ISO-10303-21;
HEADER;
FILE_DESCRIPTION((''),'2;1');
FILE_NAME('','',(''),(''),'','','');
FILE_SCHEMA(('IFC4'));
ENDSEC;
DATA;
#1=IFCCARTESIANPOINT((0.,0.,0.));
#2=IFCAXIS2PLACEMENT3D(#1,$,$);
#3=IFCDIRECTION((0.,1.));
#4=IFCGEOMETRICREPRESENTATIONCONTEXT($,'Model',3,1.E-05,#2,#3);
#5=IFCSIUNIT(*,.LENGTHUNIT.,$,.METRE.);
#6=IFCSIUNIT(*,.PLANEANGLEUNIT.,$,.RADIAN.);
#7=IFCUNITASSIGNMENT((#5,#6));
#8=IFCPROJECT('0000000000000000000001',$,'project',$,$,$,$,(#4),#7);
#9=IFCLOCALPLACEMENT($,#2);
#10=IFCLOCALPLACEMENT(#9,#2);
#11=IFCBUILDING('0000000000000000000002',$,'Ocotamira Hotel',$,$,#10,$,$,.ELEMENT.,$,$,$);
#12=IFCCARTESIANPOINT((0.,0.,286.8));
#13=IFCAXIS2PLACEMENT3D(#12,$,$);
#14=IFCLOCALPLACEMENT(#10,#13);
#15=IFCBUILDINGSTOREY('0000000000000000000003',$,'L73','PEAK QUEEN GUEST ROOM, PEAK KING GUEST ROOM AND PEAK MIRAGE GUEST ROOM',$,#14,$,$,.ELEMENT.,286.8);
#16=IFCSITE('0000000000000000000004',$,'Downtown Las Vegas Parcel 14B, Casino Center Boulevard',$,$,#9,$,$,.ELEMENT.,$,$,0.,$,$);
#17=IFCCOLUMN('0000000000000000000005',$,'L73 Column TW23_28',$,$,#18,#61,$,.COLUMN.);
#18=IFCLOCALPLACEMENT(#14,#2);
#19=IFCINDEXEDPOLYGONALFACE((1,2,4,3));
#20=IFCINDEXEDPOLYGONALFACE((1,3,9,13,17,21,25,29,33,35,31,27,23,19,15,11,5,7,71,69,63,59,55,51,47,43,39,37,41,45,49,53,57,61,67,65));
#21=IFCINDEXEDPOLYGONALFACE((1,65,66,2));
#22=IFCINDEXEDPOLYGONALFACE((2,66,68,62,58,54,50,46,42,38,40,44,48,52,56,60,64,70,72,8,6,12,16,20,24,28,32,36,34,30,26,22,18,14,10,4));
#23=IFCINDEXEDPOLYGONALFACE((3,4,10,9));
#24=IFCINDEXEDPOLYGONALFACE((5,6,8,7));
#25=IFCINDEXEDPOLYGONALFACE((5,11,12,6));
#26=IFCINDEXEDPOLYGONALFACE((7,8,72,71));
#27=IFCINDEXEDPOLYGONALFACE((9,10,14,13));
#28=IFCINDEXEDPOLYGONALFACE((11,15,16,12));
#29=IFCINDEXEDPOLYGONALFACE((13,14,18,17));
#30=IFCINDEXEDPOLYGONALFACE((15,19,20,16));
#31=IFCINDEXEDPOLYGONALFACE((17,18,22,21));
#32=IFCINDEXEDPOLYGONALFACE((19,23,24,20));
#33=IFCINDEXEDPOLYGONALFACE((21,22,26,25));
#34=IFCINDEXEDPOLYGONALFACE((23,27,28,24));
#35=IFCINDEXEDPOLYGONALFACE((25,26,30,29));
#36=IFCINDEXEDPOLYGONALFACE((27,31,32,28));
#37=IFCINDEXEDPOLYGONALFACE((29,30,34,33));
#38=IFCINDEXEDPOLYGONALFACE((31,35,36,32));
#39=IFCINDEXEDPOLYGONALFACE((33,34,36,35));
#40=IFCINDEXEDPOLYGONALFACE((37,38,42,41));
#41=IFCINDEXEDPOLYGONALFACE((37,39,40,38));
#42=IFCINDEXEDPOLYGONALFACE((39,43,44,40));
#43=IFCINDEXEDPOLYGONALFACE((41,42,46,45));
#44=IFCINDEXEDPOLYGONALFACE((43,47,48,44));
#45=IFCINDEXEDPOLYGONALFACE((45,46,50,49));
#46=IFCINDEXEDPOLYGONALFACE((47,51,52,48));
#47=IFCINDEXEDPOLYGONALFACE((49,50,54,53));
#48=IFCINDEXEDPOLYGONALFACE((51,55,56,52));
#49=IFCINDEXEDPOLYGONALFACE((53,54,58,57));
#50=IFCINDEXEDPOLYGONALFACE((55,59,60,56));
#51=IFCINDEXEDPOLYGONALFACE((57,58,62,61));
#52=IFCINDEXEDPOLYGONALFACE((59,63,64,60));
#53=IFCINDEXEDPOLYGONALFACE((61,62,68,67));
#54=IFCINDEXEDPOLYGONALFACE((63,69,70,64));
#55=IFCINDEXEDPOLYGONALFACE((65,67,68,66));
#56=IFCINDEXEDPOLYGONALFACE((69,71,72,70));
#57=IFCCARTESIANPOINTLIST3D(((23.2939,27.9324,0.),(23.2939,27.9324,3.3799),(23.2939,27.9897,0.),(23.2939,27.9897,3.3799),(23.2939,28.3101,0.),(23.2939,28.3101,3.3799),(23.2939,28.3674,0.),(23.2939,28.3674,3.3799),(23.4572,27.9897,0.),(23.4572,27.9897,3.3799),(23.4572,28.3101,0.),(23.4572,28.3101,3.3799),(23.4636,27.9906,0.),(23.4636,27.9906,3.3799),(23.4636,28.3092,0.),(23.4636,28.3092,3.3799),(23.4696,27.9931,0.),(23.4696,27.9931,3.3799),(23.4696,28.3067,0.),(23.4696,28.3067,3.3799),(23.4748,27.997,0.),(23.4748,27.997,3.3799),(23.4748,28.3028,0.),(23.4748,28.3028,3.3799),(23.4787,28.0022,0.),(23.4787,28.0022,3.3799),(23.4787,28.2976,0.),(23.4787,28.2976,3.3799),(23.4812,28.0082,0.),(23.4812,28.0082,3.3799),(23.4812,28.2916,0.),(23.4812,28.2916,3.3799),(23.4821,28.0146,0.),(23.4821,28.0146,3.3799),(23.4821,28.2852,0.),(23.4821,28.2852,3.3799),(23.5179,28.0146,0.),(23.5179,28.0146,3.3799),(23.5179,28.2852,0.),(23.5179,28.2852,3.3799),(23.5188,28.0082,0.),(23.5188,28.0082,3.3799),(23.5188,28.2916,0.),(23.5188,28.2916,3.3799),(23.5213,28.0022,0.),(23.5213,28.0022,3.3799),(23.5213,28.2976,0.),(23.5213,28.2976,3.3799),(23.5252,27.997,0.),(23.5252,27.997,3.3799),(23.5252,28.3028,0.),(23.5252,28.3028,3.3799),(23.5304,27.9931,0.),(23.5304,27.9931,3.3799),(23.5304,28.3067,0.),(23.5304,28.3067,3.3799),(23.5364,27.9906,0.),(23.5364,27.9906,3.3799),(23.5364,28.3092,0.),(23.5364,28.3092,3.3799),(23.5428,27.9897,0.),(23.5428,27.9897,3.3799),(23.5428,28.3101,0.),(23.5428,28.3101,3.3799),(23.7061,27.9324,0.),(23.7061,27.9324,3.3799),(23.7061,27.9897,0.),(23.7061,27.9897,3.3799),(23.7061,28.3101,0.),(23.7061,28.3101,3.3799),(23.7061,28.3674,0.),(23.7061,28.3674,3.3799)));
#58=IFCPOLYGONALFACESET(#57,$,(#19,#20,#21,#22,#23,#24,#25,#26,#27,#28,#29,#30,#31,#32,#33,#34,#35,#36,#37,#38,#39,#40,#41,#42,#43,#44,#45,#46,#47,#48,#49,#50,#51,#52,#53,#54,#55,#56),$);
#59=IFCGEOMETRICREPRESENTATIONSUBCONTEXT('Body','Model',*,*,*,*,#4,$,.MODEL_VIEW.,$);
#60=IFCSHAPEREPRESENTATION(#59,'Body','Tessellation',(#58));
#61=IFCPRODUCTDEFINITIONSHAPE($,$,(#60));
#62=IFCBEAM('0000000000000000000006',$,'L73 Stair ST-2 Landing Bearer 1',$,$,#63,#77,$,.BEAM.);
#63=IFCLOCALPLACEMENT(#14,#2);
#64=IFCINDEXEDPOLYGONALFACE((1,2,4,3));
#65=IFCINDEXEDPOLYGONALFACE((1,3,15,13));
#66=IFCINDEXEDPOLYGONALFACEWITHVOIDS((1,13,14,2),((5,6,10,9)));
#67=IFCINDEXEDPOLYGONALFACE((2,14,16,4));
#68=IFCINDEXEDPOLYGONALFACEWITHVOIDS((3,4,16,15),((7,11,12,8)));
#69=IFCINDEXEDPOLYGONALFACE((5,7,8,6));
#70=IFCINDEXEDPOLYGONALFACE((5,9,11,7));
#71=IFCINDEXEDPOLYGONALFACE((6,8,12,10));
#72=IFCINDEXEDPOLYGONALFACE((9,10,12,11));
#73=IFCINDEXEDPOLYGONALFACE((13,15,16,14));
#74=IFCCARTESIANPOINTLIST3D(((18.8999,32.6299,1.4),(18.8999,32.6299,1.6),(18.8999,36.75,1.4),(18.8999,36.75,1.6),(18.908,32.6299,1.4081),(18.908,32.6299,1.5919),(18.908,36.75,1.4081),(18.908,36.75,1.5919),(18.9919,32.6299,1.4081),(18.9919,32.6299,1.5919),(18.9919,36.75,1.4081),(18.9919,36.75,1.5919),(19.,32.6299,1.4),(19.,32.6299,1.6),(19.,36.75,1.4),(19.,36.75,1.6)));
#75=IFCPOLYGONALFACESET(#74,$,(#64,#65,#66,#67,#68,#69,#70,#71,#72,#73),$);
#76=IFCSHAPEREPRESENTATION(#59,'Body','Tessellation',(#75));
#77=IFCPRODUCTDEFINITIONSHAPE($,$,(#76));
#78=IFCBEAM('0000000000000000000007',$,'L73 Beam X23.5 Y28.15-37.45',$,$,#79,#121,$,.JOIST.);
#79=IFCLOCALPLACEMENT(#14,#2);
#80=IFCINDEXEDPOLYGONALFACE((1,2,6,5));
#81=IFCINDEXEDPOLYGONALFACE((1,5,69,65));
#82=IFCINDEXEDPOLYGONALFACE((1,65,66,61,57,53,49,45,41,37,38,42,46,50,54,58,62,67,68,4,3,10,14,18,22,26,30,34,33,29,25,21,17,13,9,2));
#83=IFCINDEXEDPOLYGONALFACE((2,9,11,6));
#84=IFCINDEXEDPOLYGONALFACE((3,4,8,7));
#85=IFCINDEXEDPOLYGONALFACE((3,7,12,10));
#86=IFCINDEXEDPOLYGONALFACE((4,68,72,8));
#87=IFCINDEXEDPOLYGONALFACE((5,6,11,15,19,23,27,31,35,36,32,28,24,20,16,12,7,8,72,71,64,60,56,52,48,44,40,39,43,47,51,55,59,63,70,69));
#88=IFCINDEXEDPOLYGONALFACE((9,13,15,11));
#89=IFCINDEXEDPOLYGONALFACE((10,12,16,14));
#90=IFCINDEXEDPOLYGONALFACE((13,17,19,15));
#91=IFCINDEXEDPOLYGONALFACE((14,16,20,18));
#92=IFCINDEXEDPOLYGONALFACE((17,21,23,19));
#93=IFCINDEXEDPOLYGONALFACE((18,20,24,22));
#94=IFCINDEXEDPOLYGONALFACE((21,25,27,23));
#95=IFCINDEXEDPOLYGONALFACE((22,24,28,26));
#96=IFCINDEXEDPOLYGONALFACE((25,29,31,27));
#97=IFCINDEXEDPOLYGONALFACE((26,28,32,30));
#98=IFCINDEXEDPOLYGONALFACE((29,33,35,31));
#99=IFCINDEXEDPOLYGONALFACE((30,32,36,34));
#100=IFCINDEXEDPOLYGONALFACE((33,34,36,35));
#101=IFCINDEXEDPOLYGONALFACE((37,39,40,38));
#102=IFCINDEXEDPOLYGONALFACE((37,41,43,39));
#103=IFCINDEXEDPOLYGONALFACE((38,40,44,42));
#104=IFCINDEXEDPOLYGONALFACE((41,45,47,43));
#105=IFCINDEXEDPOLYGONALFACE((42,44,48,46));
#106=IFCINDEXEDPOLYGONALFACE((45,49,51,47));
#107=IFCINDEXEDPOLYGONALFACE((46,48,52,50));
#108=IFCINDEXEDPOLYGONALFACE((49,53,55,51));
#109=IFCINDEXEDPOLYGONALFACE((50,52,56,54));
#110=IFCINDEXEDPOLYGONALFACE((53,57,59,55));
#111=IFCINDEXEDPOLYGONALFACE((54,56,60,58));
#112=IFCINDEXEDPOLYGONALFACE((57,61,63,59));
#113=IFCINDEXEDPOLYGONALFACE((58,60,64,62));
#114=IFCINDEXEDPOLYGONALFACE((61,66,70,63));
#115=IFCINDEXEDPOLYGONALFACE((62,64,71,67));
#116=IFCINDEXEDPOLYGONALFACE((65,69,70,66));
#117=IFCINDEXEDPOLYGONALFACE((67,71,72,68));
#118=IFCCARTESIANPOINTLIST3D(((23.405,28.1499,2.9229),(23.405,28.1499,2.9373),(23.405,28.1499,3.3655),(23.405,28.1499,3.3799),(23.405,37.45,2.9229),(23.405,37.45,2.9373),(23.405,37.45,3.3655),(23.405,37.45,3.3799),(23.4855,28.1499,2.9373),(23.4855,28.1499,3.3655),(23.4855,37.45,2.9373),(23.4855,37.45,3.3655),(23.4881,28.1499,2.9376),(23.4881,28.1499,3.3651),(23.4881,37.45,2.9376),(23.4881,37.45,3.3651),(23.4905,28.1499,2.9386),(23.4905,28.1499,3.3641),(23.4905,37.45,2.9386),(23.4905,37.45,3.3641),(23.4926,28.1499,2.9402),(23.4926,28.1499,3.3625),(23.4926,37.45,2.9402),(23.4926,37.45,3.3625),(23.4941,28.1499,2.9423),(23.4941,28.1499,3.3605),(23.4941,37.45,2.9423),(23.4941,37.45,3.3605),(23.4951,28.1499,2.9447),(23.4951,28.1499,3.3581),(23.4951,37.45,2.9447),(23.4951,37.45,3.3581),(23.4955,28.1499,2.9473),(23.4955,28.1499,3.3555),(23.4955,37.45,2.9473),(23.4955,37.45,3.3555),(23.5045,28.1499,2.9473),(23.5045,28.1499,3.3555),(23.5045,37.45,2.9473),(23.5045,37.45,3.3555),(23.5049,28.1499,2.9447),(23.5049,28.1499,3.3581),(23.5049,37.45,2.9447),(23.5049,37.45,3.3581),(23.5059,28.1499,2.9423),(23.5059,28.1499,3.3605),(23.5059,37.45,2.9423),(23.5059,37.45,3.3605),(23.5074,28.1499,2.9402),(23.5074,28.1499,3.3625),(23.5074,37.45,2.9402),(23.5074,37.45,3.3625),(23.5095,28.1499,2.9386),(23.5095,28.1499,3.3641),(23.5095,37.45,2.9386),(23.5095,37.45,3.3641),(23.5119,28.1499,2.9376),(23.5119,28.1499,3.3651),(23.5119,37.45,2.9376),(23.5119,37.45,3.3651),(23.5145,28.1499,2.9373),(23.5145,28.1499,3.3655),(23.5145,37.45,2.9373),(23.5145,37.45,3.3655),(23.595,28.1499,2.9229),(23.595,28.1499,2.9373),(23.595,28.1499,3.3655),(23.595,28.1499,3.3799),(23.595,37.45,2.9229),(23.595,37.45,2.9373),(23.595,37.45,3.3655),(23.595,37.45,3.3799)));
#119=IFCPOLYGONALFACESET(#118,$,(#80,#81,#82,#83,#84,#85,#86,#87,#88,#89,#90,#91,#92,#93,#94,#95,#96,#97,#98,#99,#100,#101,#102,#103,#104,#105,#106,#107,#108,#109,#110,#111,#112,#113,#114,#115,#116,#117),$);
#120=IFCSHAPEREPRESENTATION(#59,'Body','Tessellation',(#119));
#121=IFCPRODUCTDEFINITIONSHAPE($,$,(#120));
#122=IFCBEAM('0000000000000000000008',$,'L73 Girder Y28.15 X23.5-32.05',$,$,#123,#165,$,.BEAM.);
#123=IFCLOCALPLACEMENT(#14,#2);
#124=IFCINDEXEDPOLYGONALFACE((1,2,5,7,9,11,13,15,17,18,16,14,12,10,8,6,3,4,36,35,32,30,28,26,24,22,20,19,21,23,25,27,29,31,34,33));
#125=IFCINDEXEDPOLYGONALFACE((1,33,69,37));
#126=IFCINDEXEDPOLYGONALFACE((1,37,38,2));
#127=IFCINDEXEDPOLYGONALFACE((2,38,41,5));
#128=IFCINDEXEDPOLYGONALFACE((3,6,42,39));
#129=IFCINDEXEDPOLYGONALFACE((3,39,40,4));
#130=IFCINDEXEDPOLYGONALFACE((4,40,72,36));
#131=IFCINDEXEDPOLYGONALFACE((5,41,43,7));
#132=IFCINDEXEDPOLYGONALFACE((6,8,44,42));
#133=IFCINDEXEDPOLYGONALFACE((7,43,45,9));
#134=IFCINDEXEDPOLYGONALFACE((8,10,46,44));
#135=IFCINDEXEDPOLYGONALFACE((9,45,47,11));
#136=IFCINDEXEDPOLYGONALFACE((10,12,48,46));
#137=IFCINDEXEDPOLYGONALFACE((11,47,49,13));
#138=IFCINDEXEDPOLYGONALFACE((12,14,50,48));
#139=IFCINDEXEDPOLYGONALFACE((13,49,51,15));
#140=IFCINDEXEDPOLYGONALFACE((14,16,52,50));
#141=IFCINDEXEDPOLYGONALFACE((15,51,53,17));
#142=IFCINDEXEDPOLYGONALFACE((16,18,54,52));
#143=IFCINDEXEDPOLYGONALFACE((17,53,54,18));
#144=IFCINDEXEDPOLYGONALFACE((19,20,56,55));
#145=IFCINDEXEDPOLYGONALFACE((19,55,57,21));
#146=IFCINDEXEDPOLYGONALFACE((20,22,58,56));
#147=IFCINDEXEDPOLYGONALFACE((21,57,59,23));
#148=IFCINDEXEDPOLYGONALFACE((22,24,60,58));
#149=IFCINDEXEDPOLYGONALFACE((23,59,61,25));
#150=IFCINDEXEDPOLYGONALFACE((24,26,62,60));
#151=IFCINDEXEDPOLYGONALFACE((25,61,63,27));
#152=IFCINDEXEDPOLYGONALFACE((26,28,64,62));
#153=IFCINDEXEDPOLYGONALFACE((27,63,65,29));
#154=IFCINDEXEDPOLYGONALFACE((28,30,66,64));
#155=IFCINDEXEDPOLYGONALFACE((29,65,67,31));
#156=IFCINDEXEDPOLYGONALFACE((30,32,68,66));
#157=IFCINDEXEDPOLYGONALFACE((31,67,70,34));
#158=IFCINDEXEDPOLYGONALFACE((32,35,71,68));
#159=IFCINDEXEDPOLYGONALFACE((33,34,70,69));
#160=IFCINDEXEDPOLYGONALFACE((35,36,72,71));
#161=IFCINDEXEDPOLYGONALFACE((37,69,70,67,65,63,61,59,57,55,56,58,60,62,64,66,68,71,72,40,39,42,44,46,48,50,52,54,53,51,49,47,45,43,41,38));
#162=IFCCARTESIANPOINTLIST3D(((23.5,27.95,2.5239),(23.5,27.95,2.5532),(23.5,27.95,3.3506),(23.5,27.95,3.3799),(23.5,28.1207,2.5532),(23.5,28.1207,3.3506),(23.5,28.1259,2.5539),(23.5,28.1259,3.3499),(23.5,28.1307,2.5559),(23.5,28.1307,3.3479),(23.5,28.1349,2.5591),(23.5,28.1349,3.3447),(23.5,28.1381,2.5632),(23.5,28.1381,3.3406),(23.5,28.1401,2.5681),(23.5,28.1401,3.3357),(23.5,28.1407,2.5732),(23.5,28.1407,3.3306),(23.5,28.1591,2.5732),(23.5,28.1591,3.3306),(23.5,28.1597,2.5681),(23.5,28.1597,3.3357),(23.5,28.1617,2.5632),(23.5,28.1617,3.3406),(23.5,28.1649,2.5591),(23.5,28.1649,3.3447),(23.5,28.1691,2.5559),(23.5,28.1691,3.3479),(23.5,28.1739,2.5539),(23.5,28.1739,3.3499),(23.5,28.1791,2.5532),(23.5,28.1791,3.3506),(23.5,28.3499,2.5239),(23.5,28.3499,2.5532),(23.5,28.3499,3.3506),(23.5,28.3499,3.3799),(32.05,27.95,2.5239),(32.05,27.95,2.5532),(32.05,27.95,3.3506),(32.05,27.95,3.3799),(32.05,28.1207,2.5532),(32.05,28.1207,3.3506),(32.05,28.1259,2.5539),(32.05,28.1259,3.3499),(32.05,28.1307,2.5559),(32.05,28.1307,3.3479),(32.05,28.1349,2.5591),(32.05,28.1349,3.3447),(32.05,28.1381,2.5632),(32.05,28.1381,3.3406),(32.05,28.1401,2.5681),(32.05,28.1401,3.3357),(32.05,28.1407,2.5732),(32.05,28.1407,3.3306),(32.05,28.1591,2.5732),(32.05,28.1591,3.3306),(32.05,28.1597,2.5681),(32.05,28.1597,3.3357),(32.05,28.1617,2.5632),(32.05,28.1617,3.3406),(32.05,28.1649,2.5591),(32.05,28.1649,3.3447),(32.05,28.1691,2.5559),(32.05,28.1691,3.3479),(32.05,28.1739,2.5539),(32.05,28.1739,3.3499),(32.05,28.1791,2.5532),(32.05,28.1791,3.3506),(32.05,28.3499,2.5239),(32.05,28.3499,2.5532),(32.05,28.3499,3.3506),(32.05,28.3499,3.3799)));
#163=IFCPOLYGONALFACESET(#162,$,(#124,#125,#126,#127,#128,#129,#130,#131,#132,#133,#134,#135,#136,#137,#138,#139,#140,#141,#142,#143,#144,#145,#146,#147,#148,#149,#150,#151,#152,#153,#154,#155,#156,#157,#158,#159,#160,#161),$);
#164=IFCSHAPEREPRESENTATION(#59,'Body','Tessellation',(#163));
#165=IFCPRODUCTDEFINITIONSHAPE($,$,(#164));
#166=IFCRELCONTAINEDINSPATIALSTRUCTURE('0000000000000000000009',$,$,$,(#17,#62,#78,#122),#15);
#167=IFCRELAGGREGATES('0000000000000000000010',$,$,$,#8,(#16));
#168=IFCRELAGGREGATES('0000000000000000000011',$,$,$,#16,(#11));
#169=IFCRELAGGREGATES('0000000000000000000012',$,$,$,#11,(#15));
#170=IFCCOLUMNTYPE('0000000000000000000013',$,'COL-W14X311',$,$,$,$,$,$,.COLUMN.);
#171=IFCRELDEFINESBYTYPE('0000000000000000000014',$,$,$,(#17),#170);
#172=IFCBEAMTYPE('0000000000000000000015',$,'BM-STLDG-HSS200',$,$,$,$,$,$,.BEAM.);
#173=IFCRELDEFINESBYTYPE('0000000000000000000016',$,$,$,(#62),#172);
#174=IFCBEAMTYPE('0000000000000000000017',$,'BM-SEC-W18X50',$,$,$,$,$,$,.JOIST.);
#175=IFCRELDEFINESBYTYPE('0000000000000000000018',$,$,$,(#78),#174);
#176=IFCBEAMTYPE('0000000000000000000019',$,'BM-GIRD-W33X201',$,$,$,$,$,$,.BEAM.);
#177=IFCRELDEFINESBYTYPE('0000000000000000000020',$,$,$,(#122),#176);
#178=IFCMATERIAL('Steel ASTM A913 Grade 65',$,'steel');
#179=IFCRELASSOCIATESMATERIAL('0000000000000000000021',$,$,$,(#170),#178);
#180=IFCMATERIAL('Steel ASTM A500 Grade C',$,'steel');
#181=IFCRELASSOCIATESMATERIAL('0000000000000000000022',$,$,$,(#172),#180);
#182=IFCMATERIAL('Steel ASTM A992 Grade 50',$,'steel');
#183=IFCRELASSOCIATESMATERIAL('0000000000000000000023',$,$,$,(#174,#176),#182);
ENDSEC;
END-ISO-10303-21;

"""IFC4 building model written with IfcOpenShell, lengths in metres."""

from ifc_helpers import new_model, si_unit, direction, frame, origin, origin_2d, place, context, subcontext, project, spatial, hollow_rectangle, i_section, extrude, source, transform, mapped, material, material_profile, profile_set, type_object, element, save


model = new_model("IFC4")

# Units and contexts
model_context = context("Model", 3, precision=1e-05, world=origin(), true_north=direction((0.0, 1.0)))
body_context = subcontext(model_context, "Body", "Model", "MODEL_VIEW")
ifc_project = project(units=[si_unit("LENGTHUNIT", "METRE"), si_unit("PLANEANGLEUNIT", "RADIAN")], contexts=[model_context])

# Site, building, storey
site_placement = place(None, origin())
site = spatial("IfcSite", under=ifc_project, at=site_placement, Name="Downtown Las Vegas Parcel 14B, Casino Center Boulevard", CompositionType="ELEMENT", RefElevation=0.0)
building_placement = place(site_placement, origin())
building = spatial("IfcBuilding", under=site, at=building_placement, Name="Ocotamira Hotel", CompositionType="ELEMENT")
storey_placement = place(building_placement, frame((0.0, 0.0, 286.8)))
storey = spatial("IfcBuildingStorey", under=building, at=storey_placement, Name="L73", Description="PEAK QUEEN GUEST ROOM, PEAK KING GUEST ROOM AND PEAK MIRAGE GUEST ROOM", CompositionType="ELEMENT", Elevation=286.8)

# Column
ifc_material_1 = material(Name="Steel ASTM A913 Grade 65", Category="steel")
ifc_material_profile_1 = material_profile(ifc_material_1, i_section(OverallWidth=0.4121, OverallDepth=0.4351, WebThickness=0.0359, FlangeThickness=0.0574, FilletRadius=0.0249, at=origin_2d()), Name="W14X311")
ifc_profile_set_1 = profile_set([ifc_material_profile_1], Name="Steel ASTM A913 Grade 65")
column_type = type_object("IfcColumnType", Name="COL-W14X311", PredefinedType="COLUMN", material=ifc_profile_set_1)
shared_shape_1 = source(origin(), body_context, "Body", "SweptSolid", [
    extrude(i_section(OverallWidth=0.4121, OverallDepth=0.4351, WebThickness=0.0359, FlangeThickness=0.0574, FilletRadius=0.0249, at=origin_2d()), origin(), (0.0, 0.0, 1.0), 3.3799),
])
column_placement = place(storey_placement, frame((23.5, 28.1499, 0.0), z_axis=(0.0, 0.0, 1.0), x_axis=(1.0, 0.0, 0.0)))
element("IfcColumn", 1, at=column_placement, inside=storey, type_object=column_type, Name="L73 Column TW23_28", PredefinedType="COLUMN", context=body_context, shape_type="MappedRepresentation", body=[
    mapped(shared_shape_1, transform((0.0, 0.0, 0.0), scale=1.0)),
])

# Beams
ifc_material_2 = material(Name="Steel ASTM A500 Grade C", Category="steel")
ifc_material_profile_2 = material_profile(ifc_material_2, hollow_rectangle(XDim=0.1001, YDim=0.2, WallThickness=0.0081, at=origin_2d()), Name="HSS200X100X8")
ifc_profile_set_2 = profile_set([ifc_material_profile_2], Name="Steel ASTM A500 Grade C")
beam_type_1 = type_object("IfcBeamType", Name="BM-STLDG-HSS200", PredefinedType="BEAM", material=ifc_profile_set_2)
shared_shape_2 = source(origin(), body_context, "Body", "SweptSolid", [
    extrude(hollow_rectangle(XDim=0.1001, YDim=0.2, WallThickness=0.0081, at=origin_2d()), origin(), (0.0, 0.0, 1.0), 4.1201),
])
beam_1_placement = place(storey_placement, frame((18.95, 32.6299, 1.5), z_axis=(0.0, 1.0, 0.0), x_axis=(-1.0, 0.0, 0.0)))
element("IfcBeam", 2, at=beam_1_placement, inside=storey, type_object=beam_type_1, Name="L73 Stair ST-2 Landing Bearer 1", PredefinedType="BEAM", context=body_context, shape_type="MappedRepresentation", body=[
    mapped(shared_shape_2, transform((0.0, 0.0, 0.0), scale=1.0)),
])
ifc_material_3 = material(Name="Steel ASTM A992 Grade 50", Category="steel")
ifc_material_profile_3 = material_profile(ifc_material_3, i_section(OverallWidth=0.1899, OverallDepth=0.457, WebThickness=0.009, FlangeThickness=0.0144, FilletRadius=0.01, at=origin_2d()), Name="W18X50")
ifc_profile_set_3 = profile_set([ifc_material_profile_3], Name="Steel ASTM A992 Grade 50")
beam_type_2 = type_object("IfcBeamType", Name="BM-SEC-W18X50", PredefinedType="JOIST", material=ifc_profile_set_3)
shared_shape_3 = source(origin(), body_context, "Body", "SweptSolid", [
    extrude(i_section(OverallWidth=0.1899, OverallDepth=0.457, WebThickness=0.009, FlangeThickness=0.0144, FilletRadius=0.01, at=origin_2d()), origin(), (0.0, 0.0, 1.0), 9.3),
])
beam_2_placement = place(storey_placement, frame((23.5, 28.1499, 3.1514), z_axis=(0.0, 1.0, 0.0), x_axis=(-1.0, 0.0, 0.0)))
element("IfcBeam", 3, at=beam_2_placement, inside=storey, type_object=beam_type_2, Name="L73 Beam X23.5 Y28.15-37.45", PredefinedType="JOIST", context=body_context, shape_type="MappedRepresentation", body=[
    mapped(shared_shape_3, transform((0.0, 0.0, 0.0), scale=1.0)),
])
ifc_material_profile_4 = material_profile(ifc_material_3, i_section(OverallWidth=0.3999, OverallDepth=0.856, WebThickness=0.0183, FlangeThickness=0.0293, FilletRadius=0.02, at=origin_2d()), Name="W33X201")
ifc_profile_set_4 = profile_set([ifc_material_profile_4], Name="Steel ASTM A992 Grade 50")
beam_type_3 = type_object("IfcBeamType", Name="BM-GIRD-W33X201", PredefinedType="BEAM", material=ifc_profile_set_4)
shared_shape_4 = source(origin(), body_context, "Body", "SweptSolid", [
    extrude(i_section(OverallWidth=0.3999, OverallDepth=0.856, WebThickness=0.0183, FlangeThickness=0.0293, FilletRadius=0.02, at=origin_2d()), origin(), (0.0, 0.0, 1.0), 8.55),
])
beam_3_placement = place(storey_placement, frame((23.5, 28.1499, 2.9519), z_axis=(1.0, 0.0, 0.0), x_axis=(0.0, 1.0, 0.0)))
element("IfcBeam", 4, at=beam_3_placement, inside=storey, type_object=beam_type_3, Name="L73 Girder Y28.15 X23.5-32.05", PredefinedType="BEAM", context=body_context, shape_type="MappedRepresentation", body=[
    mapped(shared_shape_4, transform((0.0, 0.0, 0.0), scale=1.0)),
])

save(model, "model.ifc")
